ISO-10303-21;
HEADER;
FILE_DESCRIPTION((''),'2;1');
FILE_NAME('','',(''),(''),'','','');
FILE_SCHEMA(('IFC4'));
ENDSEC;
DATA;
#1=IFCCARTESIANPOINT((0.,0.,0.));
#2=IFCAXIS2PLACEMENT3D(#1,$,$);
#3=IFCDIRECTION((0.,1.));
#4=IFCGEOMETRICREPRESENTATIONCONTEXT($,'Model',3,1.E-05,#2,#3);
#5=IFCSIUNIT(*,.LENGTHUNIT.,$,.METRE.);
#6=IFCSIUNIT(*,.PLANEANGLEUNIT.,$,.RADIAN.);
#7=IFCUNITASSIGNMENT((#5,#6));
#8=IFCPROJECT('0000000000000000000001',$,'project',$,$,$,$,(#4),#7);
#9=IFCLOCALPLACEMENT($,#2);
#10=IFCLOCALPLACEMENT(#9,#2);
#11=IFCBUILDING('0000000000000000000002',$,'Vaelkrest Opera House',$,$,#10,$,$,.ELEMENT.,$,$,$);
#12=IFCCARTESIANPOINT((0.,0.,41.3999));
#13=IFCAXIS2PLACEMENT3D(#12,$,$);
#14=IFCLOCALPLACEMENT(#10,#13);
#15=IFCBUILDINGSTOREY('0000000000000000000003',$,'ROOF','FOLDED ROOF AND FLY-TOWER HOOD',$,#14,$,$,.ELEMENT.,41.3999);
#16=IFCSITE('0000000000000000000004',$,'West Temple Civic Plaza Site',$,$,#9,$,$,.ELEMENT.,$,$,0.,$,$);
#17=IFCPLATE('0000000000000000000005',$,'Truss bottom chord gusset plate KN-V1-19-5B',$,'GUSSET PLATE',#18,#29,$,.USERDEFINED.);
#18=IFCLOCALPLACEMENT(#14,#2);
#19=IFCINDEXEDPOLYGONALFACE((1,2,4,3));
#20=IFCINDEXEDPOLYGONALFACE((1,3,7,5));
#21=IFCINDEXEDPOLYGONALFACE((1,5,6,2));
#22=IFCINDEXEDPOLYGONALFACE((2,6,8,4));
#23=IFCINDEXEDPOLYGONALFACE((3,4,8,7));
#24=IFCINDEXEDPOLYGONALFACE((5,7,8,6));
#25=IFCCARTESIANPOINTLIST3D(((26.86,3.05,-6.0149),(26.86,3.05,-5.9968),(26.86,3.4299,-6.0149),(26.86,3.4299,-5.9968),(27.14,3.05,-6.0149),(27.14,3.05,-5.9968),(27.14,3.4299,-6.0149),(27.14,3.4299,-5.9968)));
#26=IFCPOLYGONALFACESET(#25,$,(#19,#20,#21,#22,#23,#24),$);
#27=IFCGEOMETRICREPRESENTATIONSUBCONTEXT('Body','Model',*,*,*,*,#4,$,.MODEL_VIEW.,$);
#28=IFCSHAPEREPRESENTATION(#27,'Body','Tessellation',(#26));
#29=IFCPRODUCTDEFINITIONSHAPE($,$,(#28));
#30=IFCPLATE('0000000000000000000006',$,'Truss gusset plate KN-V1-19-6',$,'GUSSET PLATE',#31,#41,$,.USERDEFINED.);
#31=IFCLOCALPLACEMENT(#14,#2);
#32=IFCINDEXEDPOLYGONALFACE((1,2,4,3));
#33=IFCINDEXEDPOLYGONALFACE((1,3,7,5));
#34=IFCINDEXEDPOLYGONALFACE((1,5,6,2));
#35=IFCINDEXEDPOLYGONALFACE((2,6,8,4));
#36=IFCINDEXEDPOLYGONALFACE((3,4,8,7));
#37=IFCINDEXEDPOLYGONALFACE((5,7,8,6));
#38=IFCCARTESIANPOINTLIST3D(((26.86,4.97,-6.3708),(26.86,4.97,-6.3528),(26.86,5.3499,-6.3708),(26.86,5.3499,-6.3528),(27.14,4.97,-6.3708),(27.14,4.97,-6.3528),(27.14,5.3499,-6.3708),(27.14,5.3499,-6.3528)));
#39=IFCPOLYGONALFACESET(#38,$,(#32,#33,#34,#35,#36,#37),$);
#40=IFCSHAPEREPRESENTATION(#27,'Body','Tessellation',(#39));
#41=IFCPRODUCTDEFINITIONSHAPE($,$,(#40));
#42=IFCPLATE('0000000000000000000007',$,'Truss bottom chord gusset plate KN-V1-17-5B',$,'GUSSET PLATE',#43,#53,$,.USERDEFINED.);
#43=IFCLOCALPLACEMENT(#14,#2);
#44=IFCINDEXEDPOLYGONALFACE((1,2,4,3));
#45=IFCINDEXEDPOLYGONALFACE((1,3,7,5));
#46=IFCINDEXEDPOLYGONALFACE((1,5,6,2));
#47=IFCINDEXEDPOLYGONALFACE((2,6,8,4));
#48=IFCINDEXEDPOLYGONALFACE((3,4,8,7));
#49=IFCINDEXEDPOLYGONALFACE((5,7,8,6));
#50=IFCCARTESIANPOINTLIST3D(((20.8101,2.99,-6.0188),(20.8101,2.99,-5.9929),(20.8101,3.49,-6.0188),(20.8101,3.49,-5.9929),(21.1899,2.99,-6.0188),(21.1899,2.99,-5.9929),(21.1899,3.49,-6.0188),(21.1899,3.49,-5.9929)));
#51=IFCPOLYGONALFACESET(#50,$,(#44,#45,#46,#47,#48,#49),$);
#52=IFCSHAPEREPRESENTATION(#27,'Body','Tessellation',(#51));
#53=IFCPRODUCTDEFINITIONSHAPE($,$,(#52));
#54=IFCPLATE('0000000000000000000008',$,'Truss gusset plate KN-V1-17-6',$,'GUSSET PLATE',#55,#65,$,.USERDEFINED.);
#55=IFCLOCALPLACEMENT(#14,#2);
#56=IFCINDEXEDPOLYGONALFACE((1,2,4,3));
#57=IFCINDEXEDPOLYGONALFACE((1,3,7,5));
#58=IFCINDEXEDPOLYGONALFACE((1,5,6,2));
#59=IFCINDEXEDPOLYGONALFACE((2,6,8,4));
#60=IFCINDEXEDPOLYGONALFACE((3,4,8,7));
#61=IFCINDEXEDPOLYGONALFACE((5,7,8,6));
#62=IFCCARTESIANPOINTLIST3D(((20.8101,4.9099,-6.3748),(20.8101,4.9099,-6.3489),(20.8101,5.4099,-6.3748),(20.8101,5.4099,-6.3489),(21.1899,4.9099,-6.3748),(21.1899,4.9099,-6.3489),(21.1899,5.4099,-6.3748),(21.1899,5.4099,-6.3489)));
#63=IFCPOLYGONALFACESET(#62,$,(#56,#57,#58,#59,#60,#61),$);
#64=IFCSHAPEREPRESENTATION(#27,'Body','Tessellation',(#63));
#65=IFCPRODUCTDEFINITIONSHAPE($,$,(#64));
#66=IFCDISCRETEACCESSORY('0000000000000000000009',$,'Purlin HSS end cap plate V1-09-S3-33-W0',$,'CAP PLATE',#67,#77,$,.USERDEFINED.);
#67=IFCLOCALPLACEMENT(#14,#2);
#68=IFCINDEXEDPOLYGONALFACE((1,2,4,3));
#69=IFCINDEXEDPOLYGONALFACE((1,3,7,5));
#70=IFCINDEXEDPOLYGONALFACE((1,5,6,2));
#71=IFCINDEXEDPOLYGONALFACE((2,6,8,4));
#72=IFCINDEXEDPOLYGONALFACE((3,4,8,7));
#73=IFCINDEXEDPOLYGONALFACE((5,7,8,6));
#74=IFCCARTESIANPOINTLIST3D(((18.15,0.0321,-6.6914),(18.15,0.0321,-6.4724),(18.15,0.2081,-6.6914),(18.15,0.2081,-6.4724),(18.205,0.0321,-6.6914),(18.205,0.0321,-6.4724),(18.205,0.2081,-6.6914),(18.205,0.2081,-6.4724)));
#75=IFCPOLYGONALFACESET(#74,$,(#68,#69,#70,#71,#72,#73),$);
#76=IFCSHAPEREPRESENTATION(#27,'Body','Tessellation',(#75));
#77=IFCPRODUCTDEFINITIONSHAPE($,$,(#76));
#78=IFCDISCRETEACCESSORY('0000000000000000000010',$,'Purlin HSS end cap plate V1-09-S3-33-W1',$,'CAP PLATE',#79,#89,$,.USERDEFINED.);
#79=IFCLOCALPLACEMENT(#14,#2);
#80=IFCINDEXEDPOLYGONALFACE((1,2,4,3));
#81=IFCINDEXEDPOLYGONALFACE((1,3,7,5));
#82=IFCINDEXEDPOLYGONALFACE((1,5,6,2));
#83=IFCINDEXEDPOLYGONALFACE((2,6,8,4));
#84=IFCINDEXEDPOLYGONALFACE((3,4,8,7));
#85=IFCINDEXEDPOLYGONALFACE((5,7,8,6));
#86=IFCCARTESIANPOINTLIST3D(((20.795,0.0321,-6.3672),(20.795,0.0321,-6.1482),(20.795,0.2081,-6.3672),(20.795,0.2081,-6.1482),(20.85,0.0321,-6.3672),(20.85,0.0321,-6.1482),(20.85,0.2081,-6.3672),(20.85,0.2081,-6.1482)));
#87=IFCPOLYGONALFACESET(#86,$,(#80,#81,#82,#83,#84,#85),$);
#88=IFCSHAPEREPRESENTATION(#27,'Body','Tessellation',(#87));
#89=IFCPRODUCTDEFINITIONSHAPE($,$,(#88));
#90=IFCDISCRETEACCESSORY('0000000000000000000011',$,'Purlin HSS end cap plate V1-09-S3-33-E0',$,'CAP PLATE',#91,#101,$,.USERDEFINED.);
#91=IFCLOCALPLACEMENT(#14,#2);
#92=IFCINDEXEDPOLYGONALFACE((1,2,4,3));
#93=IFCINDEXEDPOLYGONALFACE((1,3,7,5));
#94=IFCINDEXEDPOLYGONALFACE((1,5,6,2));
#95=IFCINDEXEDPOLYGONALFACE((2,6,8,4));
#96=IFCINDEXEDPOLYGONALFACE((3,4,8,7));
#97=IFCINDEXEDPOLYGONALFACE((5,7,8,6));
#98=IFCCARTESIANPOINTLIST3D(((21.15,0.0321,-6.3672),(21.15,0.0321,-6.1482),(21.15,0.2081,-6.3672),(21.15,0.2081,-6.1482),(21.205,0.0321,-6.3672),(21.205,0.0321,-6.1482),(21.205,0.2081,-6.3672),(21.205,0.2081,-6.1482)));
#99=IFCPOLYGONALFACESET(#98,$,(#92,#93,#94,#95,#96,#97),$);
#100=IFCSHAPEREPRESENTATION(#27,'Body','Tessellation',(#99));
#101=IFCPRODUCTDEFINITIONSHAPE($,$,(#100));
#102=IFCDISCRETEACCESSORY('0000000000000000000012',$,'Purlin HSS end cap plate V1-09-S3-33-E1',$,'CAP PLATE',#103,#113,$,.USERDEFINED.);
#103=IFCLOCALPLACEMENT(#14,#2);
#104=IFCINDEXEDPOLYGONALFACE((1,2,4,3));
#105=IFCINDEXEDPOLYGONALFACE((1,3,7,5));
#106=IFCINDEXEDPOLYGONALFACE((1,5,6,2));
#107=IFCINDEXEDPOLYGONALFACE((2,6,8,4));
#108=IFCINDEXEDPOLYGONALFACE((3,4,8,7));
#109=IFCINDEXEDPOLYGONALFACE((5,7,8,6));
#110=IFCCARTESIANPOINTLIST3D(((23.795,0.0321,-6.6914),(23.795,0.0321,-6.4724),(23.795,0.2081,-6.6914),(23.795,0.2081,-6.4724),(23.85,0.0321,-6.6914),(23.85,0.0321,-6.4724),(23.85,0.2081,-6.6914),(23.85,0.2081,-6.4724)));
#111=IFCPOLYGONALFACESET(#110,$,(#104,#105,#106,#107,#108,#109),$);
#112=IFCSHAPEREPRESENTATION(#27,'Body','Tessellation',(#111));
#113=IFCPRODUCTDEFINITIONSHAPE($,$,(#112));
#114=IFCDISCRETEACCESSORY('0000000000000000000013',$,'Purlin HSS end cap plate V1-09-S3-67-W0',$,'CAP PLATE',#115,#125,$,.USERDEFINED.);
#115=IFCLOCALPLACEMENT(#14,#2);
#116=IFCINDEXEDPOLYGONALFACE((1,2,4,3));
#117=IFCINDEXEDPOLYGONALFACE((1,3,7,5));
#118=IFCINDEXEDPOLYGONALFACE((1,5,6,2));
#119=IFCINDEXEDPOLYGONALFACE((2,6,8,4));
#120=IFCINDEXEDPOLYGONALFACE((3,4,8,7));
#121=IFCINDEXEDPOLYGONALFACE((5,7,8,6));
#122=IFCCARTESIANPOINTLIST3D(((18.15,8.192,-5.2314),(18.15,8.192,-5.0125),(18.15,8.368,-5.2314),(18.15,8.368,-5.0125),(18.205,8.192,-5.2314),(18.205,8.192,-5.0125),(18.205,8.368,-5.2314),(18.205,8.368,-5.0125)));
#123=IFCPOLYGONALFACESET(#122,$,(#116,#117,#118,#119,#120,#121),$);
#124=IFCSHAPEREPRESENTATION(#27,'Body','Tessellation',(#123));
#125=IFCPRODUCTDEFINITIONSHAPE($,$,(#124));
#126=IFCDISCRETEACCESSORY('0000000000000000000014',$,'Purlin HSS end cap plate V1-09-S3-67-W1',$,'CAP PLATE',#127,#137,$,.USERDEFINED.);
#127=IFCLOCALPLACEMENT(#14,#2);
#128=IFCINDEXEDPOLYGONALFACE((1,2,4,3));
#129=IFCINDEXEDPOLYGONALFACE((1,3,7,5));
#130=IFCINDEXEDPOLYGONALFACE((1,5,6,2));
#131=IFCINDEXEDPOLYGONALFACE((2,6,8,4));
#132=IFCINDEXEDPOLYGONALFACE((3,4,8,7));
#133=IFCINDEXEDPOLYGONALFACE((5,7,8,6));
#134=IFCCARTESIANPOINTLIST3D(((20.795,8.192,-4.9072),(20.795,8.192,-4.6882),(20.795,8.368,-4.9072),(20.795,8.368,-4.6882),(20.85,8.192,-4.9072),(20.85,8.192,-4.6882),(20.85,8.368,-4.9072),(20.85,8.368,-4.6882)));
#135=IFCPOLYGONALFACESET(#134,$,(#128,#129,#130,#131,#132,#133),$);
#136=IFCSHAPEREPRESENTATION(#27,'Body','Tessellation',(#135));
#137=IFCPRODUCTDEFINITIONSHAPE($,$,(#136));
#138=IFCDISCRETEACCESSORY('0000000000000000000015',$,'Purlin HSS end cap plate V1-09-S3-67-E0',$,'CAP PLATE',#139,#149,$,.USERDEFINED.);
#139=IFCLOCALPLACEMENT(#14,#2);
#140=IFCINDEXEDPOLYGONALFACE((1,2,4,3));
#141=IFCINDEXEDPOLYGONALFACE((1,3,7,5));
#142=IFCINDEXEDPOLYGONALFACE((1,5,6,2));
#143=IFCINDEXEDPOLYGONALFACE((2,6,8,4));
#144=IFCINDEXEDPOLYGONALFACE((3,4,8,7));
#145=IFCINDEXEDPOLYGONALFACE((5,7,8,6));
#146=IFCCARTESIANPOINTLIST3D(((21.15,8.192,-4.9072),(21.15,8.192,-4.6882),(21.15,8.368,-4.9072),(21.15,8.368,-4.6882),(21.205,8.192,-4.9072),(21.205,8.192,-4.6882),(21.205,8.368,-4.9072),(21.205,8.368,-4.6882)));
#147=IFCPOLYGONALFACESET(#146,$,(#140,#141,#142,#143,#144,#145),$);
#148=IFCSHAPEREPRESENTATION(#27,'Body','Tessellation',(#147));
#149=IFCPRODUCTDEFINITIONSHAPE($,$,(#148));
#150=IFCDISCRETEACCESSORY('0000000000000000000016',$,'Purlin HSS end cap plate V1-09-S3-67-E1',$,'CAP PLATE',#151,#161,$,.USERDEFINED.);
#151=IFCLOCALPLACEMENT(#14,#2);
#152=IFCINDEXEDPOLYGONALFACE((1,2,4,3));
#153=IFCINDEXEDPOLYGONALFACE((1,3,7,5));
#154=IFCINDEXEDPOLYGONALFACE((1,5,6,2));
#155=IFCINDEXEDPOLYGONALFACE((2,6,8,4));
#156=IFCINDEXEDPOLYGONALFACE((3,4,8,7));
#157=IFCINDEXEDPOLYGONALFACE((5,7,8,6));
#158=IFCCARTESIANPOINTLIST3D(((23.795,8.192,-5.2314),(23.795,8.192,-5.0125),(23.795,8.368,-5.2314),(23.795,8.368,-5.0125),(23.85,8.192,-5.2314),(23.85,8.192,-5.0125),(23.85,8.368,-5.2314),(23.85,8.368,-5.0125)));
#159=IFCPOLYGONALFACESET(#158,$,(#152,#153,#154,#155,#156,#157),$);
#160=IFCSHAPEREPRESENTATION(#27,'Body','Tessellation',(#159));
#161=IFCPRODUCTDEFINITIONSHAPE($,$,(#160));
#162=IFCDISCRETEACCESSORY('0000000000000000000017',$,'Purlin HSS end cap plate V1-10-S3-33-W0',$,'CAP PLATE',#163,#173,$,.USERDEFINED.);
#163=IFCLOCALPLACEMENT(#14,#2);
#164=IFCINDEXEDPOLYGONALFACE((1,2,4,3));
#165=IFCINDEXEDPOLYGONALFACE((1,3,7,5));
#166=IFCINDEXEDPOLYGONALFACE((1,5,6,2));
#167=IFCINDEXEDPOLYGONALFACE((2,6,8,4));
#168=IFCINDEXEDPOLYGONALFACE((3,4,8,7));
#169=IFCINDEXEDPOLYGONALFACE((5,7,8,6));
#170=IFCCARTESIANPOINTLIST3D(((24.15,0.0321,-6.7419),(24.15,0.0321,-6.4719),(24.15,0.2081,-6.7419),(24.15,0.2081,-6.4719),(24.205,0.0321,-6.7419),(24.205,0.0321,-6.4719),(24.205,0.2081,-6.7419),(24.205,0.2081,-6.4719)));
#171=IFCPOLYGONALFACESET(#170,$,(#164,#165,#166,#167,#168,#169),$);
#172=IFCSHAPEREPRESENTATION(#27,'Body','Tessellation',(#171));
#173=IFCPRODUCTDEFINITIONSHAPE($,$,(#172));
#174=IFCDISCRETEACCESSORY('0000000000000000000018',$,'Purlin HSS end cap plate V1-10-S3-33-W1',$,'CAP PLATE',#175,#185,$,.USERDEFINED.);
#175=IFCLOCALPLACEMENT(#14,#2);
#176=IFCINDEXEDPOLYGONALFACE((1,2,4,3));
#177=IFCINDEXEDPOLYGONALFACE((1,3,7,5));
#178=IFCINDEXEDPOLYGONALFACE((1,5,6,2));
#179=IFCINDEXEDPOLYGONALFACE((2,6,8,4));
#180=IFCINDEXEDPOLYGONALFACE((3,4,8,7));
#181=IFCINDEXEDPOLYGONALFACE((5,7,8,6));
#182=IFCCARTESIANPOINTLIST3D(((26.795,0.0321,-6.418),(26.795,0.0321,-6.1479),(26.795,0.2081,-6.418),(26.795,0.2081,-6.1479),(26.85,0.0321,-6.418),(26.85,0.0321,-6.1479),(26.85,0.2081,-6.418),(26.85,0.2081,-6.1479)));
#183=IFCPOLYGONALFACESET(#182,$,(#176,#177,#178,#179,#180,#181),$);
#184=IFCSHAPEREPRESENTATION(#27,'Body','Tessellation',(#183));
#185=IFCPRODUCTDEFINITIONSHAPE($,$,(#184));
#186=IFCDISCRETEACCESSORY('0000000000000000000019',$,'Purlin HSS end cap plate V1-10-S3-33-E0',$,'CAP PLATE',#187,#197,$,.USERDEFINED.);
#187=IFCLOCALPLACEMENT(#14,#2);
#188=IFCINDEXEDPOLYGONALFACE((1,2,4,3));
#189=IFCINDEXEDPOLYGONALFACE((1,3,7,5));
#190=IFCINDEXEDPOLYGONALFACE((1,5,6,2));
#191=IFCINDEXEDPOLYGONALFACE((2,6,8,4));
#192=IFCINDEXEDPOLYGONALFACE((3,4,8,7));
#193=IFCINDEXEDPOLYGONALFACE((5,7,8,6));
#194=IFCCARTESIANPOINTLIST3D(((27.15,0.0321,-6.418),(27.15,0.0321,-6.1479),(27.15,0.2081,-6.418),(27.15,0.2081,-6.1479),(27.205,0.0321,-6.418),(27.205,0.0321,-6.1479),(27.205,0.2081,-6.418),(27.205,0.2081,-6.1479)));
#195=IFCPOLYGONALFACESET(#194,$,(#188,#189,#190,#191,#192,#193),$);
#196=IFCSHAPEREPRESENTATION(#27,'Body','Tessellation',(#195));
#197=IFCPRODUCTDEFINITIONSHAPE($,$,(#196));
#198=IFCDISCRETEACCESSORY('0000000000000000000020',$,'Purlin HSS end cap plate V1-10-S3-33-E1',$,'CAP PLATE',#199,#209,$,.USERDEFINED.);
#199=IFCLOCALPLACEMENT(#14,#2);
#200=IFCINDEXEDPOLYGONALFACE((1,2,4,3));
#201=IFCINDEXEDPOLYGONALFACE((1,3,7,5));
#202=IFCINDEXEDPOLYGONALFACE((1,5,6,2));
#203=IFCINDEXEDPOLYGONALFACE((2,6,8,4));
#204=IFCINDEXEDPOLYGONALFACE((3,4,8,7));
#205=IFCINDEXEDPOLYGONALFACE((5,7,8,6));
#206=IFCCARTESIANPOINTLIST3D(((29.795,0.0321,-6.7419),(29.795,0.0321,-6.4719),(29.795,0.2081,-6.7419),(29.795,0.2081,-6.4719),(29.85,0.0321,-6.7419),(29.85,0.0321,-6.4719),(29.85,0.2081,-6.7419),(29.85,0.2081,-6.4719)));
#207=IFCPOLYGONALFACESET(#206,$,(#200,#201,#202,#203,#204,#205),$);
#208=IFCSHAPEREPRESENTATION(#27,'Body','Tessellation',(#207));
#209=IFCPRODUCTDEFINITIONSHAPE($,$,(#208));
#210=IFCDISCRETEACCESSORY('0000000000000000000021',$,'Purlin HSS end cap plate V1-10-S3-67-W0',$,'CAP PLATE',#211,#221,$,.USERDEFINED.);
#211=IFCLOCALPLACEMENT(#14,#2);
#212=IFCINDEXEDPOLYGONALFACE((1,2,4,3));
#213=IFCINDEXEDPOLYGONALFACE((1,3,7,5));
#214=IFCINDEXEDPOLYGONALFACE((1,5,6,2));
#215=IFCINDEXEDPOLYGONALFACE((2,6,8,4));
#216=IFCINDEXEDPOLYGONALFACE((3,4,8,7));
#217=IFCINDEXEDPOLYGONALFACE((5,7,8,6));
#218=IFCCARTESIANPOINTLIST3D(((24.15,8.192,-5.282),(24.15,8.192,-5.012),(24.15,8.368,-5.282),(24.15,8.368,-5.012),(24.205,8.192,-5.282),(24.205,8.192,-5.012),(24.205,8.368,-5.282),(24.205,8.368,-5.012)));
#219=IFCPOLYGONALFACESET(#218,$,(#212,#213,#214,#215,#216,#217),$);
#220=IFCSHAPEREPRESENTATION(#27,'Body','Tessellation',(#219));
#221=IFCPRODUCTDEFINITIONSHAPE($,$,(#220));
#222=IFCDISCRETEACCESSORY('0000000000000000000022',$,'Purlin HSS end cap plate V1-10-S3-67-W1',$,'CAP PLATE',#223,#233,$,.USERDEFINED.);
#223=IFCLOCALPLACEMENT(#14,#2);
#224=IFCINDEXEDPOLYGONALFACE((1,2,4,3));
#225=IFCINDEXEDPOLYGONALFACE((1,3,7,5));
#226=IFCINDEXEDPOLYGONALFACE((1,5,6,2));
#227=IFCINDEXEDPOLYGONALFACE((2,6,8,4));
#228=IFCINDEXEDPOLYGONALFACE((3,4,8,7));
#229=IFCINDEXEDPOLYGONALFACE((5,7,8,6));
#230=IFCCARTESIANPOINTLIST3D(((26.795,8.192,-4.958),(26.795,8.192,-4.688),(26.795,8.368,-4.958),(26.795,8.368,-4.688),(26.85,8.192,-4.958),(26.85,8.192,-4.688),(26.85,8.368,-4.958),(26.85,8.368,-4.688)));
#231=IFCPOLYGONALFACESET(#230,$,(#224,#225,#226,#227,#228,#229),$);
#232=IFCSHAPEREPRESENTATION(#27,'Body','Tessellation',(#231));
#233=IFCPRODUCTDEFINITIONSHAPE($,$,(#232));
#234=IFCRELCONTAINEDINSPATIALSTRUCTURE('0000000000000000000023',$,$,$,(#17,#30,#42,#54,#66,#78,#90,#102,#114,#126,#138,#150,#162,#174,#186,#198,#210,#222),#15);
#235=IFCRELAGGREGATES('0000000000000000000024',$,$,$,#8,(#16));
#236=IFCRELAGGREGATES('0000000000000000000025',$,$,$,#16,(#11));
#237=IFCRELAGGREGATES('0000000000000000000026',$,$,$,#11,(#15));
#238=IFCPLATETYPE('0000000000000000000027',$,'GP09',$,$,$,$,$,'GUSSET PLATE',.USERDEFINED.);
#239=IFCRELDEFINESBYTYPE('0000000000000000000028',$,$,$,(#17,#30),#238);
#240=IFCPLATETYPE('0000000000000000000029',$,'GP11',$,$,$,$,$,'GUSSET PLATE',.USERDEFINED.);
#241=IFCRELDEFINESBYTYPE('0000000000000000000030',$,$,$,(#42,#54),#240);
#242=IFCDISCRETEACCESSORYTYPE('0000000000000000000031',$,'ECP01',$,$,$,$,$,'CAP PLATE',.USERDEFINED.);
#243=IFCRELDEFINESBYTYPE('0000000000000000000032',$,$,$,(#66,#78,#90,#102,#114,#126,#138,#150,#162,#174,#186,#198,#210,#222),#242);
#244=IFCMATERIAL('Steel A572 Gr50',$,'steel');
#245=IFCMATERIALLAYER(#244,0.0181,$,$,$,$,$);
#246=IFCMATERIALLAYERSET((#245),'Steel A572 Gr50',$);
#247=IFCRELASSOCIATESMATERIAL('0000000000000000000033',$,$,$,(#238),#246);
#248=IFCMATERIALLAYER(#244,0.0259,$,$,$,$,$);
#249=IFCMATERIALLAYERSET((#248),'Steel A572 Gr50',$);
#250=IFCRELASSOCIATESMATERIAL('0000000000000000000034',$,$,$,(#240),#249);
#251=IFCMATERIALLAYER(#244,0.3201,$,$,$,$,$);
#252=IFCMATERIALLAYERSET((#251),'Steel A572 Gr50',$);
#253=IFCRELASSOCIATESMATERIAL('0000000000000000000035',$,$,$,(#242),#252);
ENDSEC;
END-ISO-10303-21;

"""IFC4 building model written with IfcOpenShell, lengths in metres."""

from ifc_helpers import new_model, si_unit, direction, frame, origin, origin_2d, place, context, subcontext, project, spatial, rectangle, extrude, material, layer, layer_set, type_object, element, save


model = new_model("IFC4")

# Units and contexts
model_context = context("Model", 3, precision=1e-05, world=origin(), true_north=direction((0.0, 1.0)))
body_context = subcontext(model_context, "Body", "Model", "MODEL_VIEW")
ifc_project = project(units=[si_unit("LENGTHUNIT", "METRE"), si_unit("PLANEANGLEUNIT", "RADIAN")], contexts=[model_context])

# Site, building, storey
site_placement = place(None, origin())
site = spatial("IfcSite", under=ifc_project, at=site_placement, Name="West Temple Civic Plaza Site", CompositionType="ELEMENT", RefElevation=0.0)
building_placement = place(site_placement, origin())
building = spatial("IfcBuilding", under=site, at=building_placement, Name="Vaelkrest Opera House", CompositionType="ELEMENT")
storey_placement = place(building_placement, frame((0.0, 0.0, 41.3999)))
storey = spatial("IfcBuildingStorey", under=building, at=storey_placement, Name="ROOF", Description="FOLDED ROOF AND FLY-TOWER HOOD", CompositionType="ELEMENT", Elevation=41.3999)

# Plates
ifc_material_1 = material(Name="Steel A572 Gr50", Category="steel")
ifc_layer_1 = layer(ifc_material_1, 0.0181)
ifc_layer_set_1 = layer_set([ifc_layer_1], Name="Steel A572 Gr50")
plate_type_1 = type_object("IfcPlateType", Name="GP09", ElementType="GUSSET PLATE", PredefinedType="USERDEFINED", material=ifc_layer_set_1)
for number, where, z_axis, x_axis, name in (
    (1, (27.0, 3.24, -6.0149), (0.0, 0.0, 1.0), (0.0, 1.0, 0.0), "Truss bottom chord gusset plate KN-V1-19-5B"),
    (2, (27.0, 5.1599, -6.3708), (0.0, 0.0, 1.0), (0.0, 1.0, 0.0), "Truss gusset plate KN-V1-19-6"),
):
    element("IfcPlate", number, at=place(storey_placement, frame(where, z_axis=z_axis, x_axis=x_axis)), inside=storey, type_object=plate_type_1, Name=name, ObjectType="GUSSET PLATE", PredefinedType="USERDEFINED", context=body_context, shape_type="SweptSolid", body=[
        extrude(rectangle(XDim=0.3799, YDim=0.28, at=origin_2d()), origin(), (0.0, 0.0, 1.0), 0.0181),
    ])
ifc_layer_2 = layer(ifc_material_1, 0.0259)
ifc_layer_set_2 = layer_set([ifc_layer_2], Name="Steel A572 Gr50")
plate_type_2 = type_object("IfcPlateType", Name="GP11", ElementType="GUSSET PLATE", PredefinedType="USERDEFINED", material=ifc_layer_set_2)
for number, where, z_axis, x_axis, name in (
    (3, (21.0, 3.24, -6.0188), (0.0, 0.0, 1.0), (0.0, 1.0, 0.0), "Truss bottom chord gusset plate KN-V1-17-5B"),
    (4, (21.0, 5.1599, -6.3748), (0.0, 0.0, 1.0), (0.0, 1.0, 0.0), "Truss gusset plate KN-V1-17-6"),
):
    element("IfcPlate", number, at=place(storey_placement, frame(where, z_axis=z_axis, x_axis=x_axis)), inside=storey, type_object=plate_type_2, Name=name, ObjectType="GUSSET PLATE", PredefinedType="USERDEFINED", context=body_context, shape_type="SweptSolid", body=[
        extrude(rectangle(XDim=0.5, YDim=0.3799, at=origin_2d()), origin(), (0.0, 0.0, 1.0), 0.0259),
    ])

# Discrete accessories
ifc_layer_3 = layer(ifc_material_1, 0.3201)
ifc_layer_set_3 = layer_set([ifc_layer_3], Name="Steel A572 Gr50")
discrete_accessory_type = type_object("IfcDiscreteAccessoryType", Name="ECP01", ElementType="CAP PLATE", PredefinedType="USERDEFINED", material=ifc_layer_set_3)
for number, where, z_axis, x_axis, name in (
    (5, (18.1775, 0.1201, -6.6914), (0.0, 0.0, 1.0), (1.0, 0.0, 0.0), "Purlin HSS end cap plate V1-09-S3-33-W0"),
    (6, (20.8225, 0.1201, -6.3672), (0.0, 0.0, 1.0), (1.0, 0.0, 0.0), "Purlin HSS end cap plate V1-09-S3-33-W1"),
    (7, (21.1775, 0.1201, -6.3672), (0.0, 0.0, 1.0), (1.0, 0.0, 0.0), "Purlin HSS end cap plate V1-09-S3-33-E0"),
    (8, (23.8225, 0.1201, -6.6914), (0.0, 0.0, 1.0), (1.0, 0.0, 0.0), "Purlin HSS end cap plate V1-09-S3-33-E1"),
    (9, (18.1775, 8.28, -5.2314), (0.0, 0.0, 1.0), (1.0, 0.0, 0.0), "Purlin HSS end cap plate V1-09-S3-67-W0"),
    (10, (20.8225, 8.28, -4.9072), (0.0, 0.0, 1.0), (1.0, 0.0, 0.0), "Purlin HSS end cap plate V1-09-S3-67-W1"),
    (11, (21.1775, 8.28, -4.9072), (0.0, 0.0, 1.0), (1.0, 0.0, 0.0), "Purlin HSS end cap plate V1-09-S3-67-E0"),
    (12, (23.8225, 8.28, -5.2314), (0.0, 0.0, 1.0), (1.0, 0.0, 0.0), "Purlin HSS end cap plate V1-09-S3-67-E1"),
):
    element("IfcDiscreteAccessory", number, at=place(storey_placement, frame(where, z_axis=z_axis, x_axis=x_axis)), inside=storey, type_object=discrete_accessory_type, Name=name, ObjectType="CAP PLATE", PredefinedType="USERDEFINED", context=body_context, shape_type="SweptSolid", body=[
        extrude(rectangle(XDim=0.0549, YDim=0.176, at=origin_2d()), origin(), (0.0, 0.0, 1.0), 0.219),
    ])
for number, where, z_axis, x_axis, name in (
    (13, (24.1775, 0.1201, -6.7419), (0.0, 0.0, 1.0), (1.0, 0.0, 0.0), "Purlin HSS end cap plate V1-10-S3-33-W0"),
    (14, (26.8225, 0.1201, -6.418), (0.0, 0.0, 1.0), (1.0, 0.0, 0.0), "Purlin HSS end cap plate V1-10-S3-33-W1"),
    (15, (27.1775, 0.1201, -6.418), (0.0, 0.0, 1.0), (1.0, 0.0, 0.0), "Purlin HSS end cap plate V1-10-S3-33-E0"),
    (16, (29.8225, 0.1201, -6.7419), (0.0, 0.0, 1.0), (1.0, 0.0, 0.0), "Purlin HSS end cap plate V1-10-S3-33-E1"),
    (17, (24.1775, 8.28, -5.282), (0.0, 0.0, 1.0), (1.0, 0.0, 0.0), "Purlin HSS end cap plate V1-10-S3-67-W0"),
    (18, (26.8225, 8.28, -4.958), (0.0, 0.0, 1.0), (1.0, 0.0, 0.0), "Purlin HSS end cap plate V1-10-S3-67-W1"),
):
    element("IfcDiscreteAccessory", number, at=place(storey_placement, frame(where, z_axis=z_axis, x_axis=x_axis)), inside=storey, type_object=discrete_accessory_type, Name=name, ObjectType="CAP PLATE", PredefinedType="USERDEFINED", context=body_context, shape_type="SweptSolid", body=[
        extrude(rectangle(XDim=0.0549, YDim=0.176, at=origin_2d()), origin(), (0.0, 0.0, 1.0), 0.27),
    ])

save(model, "model.ifc")
